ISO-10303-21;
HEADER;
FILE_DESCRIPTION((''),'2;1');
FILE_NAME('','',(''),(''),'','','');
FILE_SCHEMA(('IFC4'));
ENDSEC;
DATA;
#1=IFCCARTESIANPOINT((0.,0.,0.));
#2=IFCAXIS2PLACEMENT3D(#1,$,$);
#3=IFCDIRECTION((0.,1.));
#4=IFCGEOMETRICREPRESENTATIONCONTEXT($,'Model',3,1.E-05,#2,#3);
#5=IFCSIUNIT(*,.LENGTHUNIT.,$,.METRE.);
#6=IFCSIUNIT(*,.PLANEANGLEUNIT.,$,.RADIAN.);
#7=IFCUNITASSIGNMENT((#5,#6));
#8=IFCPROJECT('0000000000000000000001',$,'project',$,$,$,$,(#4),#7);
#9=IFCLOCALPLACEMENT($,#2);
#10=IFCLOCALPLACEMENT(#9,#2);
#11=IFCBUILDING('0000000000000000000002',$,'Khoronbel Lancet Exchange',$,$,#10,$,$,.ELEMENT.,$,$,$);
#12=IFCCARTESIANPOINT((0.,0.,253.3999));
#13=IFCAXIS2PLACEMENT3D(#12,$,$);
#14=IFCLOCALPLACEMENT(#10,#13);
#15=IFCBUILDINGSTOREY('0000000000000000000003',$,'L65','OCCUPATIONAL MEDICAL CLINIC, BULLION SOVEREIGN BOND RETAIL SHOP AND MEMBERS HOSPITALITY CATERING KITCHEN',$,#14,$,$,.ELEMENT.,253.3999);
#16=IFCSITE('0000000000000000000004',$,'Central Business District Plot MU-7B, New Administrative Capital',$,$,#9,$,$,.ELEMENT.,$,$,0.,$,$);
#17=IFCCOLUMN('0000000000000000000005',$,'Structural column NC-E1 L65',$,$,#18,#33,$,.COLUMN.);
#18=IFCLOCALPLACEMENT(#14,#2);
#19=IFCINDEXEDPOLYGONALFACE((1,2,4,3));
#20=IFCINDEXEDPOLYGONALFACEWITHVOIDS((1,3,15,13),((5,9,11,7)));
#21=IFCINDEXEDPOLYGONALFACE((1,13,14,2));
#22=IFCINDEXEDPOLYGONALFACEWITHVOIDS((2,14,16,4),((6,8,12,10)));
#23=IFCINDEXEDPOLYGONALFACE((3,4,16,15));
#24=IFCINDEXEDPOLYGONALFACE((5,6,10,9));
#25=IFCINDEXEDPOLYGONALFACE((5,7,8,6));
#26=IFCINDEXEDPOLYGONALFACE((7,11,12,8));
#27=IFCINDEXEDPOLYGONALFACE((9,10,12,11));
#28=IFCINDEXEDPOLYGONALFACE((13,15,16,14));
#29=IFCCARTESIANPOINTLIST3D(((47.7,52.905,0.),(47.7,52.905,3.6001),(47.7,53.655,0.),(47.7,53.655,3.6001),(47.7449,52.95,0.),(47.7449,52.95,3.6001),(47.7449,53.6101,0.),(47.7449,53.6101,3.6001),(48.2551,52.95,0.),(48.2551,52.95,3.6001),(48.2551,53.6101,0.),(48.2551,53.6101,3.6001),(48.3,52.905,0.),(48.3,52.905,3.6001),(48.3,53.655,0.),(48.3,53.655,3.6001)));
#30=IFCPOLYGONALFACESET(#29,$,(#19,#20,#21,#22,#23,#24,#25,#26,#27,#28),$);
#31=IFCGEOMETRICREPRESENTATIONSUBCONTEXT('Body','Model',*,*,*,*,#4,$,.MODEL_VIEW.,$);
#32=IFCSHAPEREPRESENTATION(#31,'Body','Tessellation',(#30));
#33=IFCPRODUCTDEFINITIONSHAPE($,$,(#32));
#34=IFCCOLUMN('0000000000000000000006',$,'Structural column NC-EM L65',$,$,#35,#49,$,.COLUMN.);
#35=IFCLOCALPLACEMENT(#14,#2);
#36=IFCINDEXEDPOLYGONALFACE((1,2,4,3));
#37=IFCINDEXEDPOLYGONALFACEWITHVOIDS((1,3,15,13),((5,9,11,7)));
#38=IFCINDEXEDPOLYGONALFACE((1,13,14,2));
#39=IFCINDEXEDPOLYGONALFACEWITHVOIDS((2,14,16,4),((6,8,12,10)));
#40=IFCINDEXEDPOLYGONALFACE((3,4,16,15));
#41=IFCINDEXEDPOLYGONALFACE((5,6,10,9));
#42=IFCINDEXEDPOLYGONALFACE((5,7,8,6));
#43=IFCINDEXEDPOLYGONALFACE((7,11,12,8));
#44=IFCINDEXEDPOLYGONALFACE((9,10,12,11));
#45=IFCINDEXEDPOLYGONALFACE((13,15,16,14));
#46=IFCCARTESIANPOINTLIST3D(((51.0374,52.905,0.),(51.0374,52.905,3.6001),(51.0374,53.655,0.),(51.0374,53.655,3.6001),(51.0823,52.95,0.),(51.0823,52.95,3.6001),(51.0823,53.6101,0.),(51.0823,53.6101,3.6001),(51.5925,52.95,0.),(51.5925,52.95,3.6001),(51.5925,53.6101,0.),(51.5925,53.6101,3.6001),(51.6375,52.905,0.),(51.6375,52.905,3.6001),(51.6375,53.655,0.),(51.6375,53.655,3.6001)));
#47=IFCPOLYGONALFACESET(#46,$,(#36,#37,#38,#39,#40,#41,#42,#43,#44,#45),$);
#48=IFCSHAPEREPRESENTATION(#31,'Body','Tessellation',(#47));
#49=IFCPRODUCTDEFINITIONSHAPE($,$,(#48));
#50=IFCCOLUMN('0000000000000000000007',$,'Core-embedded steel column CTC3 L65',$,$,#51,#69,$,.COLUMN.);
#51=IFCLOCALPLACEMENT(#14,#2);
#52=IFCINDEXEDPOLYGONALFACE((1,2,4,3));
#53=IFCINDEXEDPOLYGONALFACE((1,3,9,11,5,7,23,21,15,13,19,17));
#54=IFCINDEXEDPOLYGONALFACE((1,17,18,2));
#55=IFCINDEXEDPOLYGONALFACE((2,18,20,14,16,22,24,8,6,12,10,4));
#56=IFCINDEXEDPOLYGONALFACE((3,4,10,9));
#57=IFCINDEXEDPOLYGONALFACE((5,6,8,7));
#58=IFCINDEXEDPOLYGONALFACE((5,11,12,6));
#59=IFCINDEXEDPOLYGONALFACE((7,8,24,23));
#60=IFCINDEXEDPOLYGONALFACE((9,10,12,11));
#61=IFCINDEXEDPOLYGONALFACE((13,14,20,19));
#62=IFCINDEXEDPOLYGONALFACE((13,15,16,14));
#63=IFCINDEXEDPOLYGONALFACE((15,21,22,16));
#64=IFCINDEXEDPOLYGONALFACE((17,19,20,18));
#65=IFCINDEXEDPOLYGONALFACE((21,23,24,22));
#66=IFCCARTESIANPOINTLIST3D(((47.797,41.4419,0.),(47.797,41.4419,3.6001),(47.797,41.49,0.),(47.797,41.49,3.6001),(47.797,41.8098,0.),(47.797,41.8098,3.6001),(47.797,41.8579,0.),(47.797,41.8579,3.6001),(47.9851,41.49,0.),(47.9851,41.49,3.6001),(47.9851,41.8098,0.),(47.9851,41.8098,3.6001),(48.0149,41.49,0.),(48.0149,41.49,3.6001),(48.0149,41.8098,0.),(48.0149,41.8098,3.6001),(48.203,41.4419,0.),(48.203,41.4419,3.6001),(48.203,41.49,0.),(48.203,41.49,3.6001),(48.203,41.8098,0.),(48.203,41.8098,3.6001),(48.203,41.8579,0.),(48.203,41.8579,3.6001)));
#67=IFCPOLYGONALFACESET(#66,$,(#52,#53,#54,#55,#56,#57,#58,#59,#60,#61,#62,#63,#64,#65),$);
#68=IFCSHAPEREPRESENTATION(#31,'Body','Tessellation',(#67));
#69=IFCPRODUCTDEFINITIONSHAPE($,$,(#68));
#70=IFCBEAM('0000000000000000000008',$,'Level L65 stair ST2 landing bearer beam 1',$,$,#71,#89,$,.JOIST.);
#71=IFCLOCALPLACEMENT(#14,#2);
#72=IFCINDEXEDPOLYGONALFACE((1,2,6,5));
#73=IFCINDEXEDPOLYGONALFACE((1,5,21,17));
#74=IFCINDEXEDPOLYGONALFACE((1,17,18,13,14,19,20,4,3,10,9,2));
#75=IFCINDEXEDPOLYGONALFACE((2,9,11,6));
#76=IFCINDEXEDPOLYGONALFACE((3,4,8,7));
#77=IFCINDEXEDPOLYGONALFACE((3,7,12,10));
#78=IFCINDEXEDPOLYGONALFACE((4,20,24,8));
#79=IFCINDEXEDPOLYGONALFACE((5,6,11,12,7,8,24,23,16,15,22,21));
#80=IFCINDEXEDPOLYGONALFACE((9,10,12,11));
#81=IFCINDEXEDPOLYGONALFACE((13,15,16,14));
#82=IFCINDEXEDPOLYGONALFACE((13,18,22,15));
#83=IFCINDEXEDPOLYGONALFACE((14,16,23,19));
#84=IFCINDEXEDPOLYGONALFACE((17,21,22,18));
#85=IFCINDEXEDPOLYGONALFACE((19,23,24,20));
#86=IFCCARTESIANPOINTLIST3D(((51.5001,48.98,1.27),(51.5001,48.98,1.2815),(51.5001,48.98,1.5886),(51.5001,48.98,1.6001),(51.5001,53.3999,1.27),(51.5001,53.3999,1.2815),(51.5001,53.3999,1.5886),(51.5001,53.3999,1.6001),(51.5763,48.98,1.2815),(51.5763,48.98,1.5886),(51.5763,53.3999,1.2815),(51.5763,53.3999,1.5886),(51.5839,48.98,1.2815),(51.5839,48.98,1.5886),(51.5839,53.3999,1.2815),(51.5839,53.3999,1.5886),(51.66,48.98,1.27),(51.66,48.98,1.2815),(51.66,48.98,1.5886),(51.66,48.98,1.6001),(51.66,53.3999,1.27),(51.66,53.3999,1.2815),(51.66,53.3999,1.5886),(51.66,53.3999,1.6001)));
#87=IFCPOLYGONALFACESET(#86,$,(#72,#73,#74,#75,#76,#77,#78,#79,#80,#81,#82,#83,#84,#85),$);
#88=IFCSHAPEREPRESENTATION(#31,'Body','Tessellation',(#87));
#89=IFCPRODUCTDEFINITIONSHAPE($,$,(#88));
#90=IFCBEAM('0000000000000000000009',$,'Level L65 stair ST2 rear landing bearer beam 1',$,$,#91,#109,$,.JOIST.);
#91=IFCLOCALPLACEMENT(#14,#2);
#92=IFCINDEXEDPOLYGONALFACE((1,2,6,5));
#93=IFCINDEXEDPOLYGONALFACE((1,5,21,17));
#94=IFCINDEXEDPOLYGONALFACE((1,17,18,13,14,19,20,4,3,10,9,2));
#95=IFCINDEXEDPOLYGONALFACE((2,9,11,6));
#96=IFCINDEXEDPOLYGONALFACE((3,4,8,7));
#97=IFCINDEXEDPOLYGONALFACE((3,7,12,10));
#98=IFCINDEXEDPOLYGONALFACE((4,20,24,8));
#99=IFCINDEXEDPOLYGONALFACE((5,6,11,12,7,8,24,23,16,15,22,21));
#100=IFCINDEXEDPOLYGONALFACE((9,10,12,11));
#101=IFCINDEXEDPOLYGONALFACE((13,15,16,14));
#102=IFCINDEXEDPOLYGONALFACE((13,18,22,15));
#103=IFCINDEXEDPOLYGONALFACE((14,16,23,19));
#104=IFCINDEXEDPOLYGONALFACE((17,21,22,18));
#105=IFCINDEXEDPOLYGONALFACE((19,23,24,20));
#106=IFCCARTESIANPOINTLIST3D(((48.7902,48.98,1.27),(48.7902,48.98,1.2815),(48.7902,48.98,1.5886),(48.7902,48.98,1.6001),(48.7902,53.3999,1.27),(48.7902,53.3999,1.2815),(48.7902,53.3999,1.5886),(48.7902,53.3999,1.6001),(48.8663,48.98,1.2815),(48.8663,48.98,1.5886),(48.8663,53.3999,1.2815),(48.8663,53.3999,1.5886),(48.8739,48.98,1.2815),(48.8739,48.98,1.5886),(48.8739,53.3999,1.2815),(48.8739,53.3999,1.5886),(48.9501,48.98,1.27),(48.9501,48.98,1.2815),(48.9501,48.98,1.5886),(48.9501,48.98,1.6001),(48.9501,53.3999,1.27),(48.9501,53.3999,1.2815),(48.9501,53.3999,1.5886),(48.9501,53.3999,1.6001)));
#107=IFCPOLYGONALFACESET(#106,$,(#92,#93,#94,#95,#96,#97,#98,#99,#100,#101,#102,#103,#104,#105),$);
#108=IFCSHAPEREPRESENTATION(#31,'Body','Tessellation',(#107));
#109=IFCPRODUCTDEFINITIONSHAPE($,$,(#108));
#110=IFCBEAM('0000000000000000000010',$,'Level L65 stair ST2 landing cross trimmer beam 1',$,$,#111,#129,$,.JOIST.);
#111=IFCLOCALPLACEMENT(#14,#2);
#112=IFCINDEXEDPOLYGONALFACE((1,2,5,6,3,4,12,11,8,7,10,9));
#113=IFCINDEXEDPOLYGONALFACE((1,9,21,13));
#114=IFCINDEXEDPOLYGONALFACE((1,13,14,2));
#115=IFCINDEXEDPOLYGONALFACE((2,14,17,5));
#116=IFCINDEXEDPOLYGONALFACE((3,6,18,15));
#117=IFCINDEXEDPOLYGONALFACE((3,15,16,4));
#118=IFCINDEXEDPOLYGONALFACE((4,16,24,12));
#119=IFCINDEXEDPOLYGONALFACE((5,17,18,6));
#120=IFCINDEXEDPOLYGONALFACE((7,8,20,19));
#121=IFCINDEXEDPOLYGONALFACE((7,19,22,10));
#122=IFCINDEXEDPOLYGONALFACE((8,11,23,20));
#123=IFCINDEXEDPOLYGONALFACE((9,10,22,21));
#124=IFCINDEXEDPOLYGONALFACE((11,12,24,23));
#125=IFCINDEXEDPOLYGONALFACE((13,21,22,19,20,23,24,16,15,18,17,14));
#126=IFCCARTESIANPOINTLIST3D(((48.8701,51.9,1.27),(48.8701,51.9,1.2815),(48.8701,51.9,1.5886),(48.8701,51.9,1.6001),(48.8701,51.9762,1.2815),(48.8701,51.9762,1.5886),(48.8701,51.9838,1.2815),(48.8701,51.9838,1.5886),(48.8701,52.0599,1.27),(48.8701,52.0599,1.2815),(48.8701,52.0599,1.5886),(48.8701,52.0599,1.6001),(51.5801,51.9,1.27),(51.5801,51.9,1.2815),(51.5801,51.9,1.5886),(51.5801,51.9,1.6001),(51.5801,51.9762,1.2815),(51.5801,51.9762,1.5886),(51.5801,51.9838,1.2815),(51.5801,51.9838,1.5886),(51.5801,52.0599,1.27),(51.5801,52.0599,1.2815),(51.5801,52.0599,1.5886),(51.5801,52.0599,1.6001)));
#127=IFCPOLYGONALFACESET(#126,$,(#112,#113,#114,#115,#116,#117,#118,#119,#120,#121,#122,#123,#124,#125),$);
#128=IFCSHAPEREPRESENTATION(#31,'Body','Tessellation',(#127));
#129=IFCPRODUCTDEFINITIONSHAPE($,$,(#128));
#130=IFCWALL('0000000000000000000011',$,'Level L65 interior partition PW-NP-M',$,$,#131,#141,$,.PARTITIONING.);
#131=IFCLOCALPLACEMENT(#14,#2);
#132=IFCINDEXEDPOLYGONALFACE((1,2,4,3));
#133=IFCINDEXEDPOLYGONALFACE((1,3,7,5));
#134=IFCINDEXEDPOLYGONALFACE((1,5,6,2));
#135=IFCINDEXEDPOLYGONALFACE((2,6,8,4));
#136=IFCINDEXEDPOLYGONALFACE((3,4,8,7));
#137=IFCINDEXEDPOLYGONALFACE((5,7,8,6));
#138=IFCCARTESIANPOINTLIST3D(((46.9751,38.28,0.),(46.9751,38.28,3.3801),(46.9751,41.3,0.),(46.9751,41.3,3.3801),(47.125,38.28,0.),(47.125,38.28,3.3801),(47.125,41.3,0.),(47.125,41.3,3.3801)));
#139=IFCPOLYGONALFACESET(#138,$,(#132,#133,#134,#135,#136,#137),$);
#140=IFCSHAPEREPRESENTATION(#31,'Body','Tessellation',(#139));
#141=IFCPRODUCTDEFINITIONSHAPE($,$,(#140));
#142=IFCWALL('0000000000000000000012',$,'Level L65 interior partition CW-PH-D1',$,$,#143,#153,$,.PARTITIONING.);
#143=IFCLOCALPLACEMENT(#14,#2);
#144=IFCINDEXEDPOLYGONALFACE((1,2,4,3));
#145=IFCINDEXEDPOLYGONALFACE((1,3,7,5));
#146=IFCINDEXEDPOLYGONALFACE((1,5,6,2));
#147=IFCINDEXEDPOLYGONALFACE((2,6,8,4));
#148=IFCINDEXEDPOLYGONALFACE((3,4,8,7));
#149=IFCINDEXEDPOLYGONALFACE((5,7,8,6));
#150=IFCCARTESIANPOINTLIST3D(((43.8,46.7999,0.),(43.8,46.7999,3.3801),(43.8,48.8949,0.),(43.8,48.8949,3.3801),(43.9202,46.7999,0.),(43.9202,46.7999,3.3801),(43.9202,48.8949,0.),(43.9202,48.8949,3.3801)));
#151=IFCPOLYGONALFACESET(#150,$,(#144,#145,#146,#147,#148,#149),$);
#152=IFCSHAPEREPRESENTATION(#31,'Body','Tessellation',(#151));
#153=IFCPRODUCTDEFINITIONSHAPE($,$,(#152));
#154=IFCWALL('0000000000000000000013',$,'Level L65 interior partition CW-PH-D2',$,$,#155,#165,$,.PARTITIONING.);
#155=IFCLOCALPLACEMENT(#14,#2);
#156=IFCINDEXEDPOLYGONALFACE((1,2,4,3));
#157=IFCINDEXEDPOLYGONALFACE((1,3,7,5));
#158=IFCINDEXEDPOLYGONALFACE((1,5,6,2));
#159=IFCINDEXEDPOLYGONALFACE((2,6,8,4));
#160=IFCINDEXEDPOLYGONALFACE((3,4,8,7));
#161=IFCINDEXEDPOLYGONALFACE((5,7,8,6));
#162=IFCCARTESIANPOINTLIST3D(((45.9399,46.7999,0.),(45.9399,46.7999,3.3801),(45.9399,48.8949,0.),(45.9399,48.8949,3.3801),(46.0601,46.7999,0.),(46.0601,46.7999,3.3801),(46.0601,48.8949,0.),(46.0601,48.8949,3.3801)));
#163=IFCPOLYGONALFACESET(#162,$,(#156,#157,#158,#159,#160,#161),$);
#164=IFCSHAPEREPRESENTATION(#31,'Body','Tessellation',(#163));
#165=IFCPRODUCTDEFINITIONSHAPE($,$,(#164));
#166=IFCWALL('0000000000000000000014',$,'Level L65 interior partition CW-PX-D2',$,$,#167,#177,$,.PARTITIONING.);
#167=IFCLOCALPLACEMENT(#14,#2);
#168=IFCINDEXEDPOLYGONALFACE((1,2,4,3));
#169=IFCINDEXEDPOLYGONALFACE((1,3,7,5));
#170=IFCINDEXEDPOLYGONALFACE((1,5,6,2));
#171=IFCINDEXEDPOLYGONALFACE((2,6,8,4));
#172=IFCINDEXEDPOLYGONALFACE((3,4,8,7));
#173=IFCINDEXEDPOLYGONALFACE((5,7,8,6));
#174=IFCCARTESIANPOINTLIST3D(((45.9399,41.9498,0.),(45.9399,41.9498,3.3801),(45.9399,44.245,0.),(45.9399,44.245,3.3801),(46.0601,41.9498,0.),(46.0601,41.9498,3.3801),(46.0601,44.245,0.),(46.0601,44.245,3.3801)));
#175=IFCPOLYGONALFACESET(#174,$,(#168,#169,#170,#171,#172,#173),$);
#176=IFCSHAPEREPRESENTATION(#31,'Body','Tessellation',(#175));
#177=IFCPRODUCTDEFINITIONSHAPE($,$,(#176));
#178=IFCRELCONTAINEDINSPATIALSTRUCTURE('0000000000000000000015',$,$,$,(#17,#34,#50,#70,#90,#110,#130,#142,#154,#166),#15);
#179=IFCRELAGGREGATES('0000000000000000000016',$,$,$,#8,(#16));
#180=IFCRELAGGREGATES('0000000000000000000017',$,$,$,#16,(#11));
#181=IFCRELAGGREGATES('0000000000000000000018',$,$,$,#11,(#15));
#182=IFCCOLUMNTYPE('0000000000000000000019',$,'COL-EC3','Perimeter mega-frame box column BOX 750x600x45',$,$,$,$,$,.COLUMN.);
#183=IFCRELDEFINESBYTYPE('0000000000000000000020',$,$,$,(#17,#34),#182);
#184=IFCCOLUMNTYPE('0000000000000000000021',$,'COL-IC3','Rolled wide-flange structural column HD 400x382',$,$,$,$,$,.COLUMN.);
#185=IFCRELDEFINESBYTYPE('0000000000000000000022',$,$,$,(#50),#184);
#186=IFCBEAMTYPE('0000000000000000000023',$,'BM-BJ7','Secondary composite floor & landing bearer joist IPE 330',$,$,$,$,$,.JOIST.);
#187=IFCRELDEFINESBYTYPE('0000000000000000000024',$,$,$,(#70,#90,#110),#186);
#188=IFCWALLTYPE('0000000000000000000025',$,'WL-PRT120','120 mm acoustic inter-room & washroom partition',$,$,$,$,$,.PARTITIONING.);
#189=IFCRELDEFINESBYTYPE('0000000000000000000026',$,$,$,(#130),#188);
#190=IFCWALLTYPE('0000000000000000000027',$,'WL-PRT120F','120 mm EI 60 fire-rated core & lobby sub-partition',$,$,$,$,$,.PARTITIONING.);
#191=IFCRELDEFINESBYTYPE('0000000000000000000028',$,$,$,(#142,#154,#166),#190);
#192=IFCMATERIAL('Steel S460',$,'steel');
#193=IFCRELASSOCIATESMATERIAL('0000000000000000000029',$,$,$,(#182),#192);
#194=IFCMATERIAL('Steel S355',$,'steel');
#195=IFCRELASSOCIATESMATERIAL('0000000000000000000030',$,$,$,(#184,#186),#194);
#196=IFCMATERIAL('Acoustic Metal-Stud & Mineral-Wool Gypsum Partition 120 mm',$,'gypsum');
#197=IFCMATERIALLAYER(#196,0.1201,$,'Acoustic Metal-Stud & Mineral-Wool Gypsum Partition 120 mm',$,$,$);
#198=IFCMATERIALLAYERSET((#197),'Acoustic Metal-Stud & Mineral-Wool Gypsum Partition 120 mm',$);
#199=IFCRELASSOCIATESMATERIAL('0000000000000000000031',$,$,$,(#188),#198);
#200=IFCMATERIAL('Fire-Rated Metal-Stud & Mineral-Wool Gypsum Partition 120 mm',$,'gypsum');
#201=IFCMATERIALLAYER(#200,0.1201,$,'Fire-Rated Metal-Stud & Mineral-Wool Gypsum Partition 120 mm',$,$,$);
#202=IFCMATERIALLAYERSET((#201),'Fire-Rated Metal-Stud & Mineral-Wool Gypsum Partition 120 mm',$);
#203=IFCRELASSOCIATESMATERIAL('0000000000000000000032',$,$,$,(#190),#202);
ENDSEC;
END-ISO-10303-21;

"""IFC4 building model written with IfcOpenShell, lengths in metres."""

from ifc_helpers import new_model, si_unit, direction, frame, frame_2d, origin, origin_2d, place, context, subcontext, project, spatial, rectangle, hollow_rectangle, i_section, extrude, material, layer, layer_set, material_profile, profile_set, type_object, element, save


model = new_model("IFC4")

# Units and contexts
model_context = context("Model", 3, precision=1e-05, world=origin(), true_north=direction((0.0, 1.0)))
body_context = subcontext(model_context, "Body", "Model", "MODEL_VIEW")
ifc_project = project(units=[si_unit("LENGTHUNIT", "METRE"), si_unit("PLANEANGLEUNIT", "RADIAN")], contexts=[model_context])

# Site, building, storey
site_placement = place(None, origin())
site = spatial("IfcSite", under=ifc_project, at=site_placement, Name="Central Business District Plot MU-7B, New Administrative Capital", CompositionType="ELEMENT", RefElevation=0.0)
building_placement = place(site_placement, origin())
building = spatial("IfcBuilding", under=site, at=building_placement, Name="Khoronbel Lancet Exchange", CompositionType="ELEMENT")
storey_placement = place(building_placement, frame((0.0, 0.0, 253.3999)))
storey = spatial("IfcBuildingStorey", under=building, at=storey_placement, Name="L65", Description="OCCUPATIONAL MEDICAL CLINIC, BULLION SOVEREIGN BOND RETAIL SHOP AND MEMBERS HOSPITALITY CATERING KITCHEN", CompositionType="ELEMENT", Elevation=253.3999)

# Columns
ifc_material_1 = material(Name="Steel S460", Category="steel")
ifc_material_profile_1 = material_profile(ifc_material_1, hollow_rectangle(XDim=0.6001, YDim=0.75, WallThickness=0.0449, at=origin_2d()), Name="BOX 750x600x45")
ifc_profile_set_1 = profile_set([ifc_material_profile_1], Name="Steel S460")
column_type_1 = type_object("IfcColumnType", Name="COL-EC3", Description="Perimeter mega-frame box column BOX 750x600x45", PredefinedType="COLUMN", material=ifc_profile_set_1)
for number, where, z_axis, x_axis, name in (
    (1, (48.0, 53.28, 0.0), (0.0, 0.0, 1.0), (1.0, 0.0, 0.0), "Structural column NC-E1 L65"),
    (2, (51.3374, 53.28, 0.0), (0.0, 0.0, 1.0), (1.0, 0.0, 0.0), "Structural column NC-EM L65"),
):
    element("IfcColumn", number, at=place(storey_placement, frame(where, z_axis=z_axis, x_axis=x_axis)), inside=storey, type_object=column_type_1, Name=name, PredefinedType="COLUMN", context=body_context, shape_type="SweptSolid", body=[
        extrude(hollow_rectangle(XDim=0.6001, YDim=0.75, WallThickness=0.0449, at=origin_2d()), origin(), (0.0, 0.0, 1.0), 3.6001),
    ])
ifc_material_2 = material(Name="Steel S355", Category="steel")
ifc_material_profile_2 = material_profile(ifc_material_2, i_section(OverallWidth=0.406, OverallDepth=0.416, WebThickness=0.0298, FlangeThickness=0.0481, at=origin_2d()), Name="HD 400x382")
ifc_profile_set_2 = profile_set([ifc_material_profile_2], Name="Steel S355")
column_type_2 = type_object("IfcColumnType", Name="COL-IC3", Description="Rolled wide-flange structural column HD 400x382", PredefinedType="COLUMN", material=ifc_profile_set_2)
column_placement = place(storey_placement, frame((48.0, 41.6499, 0.0), z_axis=(0.0, 0.0, 1.0), x_axis=(1.0, 0.0, 0.0)))
element("IfcColumn", 3, at=column_placement, inside=storey, type_object=column_type_2, Name="Core-embedded steel column CTC3 L65", PredefinedType="COLUMN", context=body_context, shape_type="SweptSolid", body=[
    extrude(i_section(OverallWidth=0.406, OverallDepth=0.416, WebThickness=0.0298, FlangeThickness=0.0481, at=origin_2d()), origin(), (0.0, 0.0, 1.0), 3.6001),
])

# Beams
ifc_material_profile_3 = material_profile(ifc_material_2, i_section(OverallWidth=0.1599, OverallDepth=0.3301, WebThickness=0.0076, FlangeThickness=0.0115, at=origin_2d()), Name="IPE 330")
ifc_profile_set_3 = profile_set([ifc_material_profile_3], Name="Steel S355")
beam_type = type_object("IfcBeamType", Name="BM-BJ7", Description="Secondary composite floor & landing bearer joist IPE 330", PredefinedType="JOIST", material=ifc_profile_set_3)
for number, where, z_axis, x_axis, name in (
    (4, (51.5801, 48.98, 1.4351), (0.0, 1.0, 0.0), (-1.0, 0.0, 0.0), "Level L65 stair ST2 landing bearer beam 1"),
    (5, (48.8701, 48.98, 1.4351), (0.0, 1.0, 0.0), (-1.0, 0.0, 0.0), "Level L65 stair ST2 rear landing bearer beam 1"),
):
    element("IfcBeam", number, at=place(storey_placement, frame(where, z_axis=z_axis, x_axis=x_axis)), inside=storey, type_object=beam_type, Name=name, PredefinedType="JOIST", context=body_context, shape_type="SweptSolid", body=[
        extrude(i_section(OverallWidth=0.1599, OverallDepth=0.3301, WebThickness=0.0076, FlangeThickness=0.0115, at=origin_2d()), origin(), (0.0, 0.0, 1.0), 4.4199),
    ])
beam_placement = place(storey_placement, frame((48.8701, 51.98, 1.4351), z_axis=(1.0, 0.0, 0.0), x_axis=(0.0, 1.0, 0.0)))
element("IfcBeam", 6, at=beam_placement, inside=storey, type_object=beam_type, Name="Level L65 stair ST2 landing cross trimmer beam 1", PredefinedType="JOIST", context=body_context, shape_type="SweptSolid", body=[
    extrude(i_section(OverallWidth=0.1599, OverallDepth=0.3301, WebThickness=0.0076, FlangeThickness=0.0115, at=origin_2d()), origin(), (0.0, 0.0, 1.0), 2.71),
])

# Walls
ifc_material_3 = material(Name="Acoustic Metal-Stud & Mineral-Wool Gypsum Partition 120 mm", Category="gypsum")
ifc_layer_1 = layer(ifc_material_3, 0.1201, Name="Acoustic Metal-Stud & Mineral-Wool Gypsum Partition 120 mm")
ifc_layer_set_1 = layer_set([ifc_layer_1], Name="Acoustic Metal-Stud & Mineral-Wool Gypsum Partition 120 mm")
wall_type_1 = type_object("IfcWallType", Name="WL-PRT120", Description="120 mm acoustic inter-room & washroom partition", PredefinedType="PARTITIONING", material=ifc_layer_set_1)
wall_1_placement = place(storey_placement, frame((47.05, 38.28, 0.0), z_axis=(0.0, 0.0, 1.0), x_axis=(0.0, 1.0, 0.0)))
element("IfcWall", 7, at=wall_1_placement, inside=storey, type_object=wall_type_1, Name="Level L65 interior partition PW-NP-M", PredefinedType="PARTITIONING", context=body_context, shape_type="SweptSolid", body=[
    extrude(rectangle(XDim=3.02, YDim=0.1499, at=frame_2d((1.51, 0.0))), origin(), (0.0, 0.0, 1.0), 3.3801),
])
ifc_material_4 = material(Name="Fire-Rated Metal-Stud & Mineral-Wool Gypsum Partition 120 mm", Category="gypsum")
ifc_layer_2 = layer(ifc_material_4, 0.1201, Name="Fire-Rated Metal-Stud & Mineral-Wool Gypsum Partition 120 mm")
ifc_layer_set_2 = layer_set([ifc_layer_2], Name="Fire-Rated Metal-Stud & Mineral-Wool Gypsum Partition 120 mm")
wall_type_2 = type_object("IfcWallType", Name="WL-PRT120F", Description="120 mm EI 60 fire-rated core & lobby sub-partition", PredefinedType="PARTITIONING", material=ifc_layer_set_2)
for number, where, z_axis, x_axis, name in (
    (8, (43.8601, 46.8, 0.0), (0.0, 0.0, 1.0), (0.0, 1.0, 0.0), "Level L65 interior partition CW-PH-D1"),
    (9, (46.0, 46.8, 0.0), (0.0, 0.0, 1.0), (0.0, 1.0, 0.0), "Level L65 interior partition CW-PH-D2"),
):
    element("IfcWall", number, at=place(storey_placement, frame(where, z_axis=z_axis, x_axis=x_axis)), inside=storey, type_object=wall_type_2, Name=name, PredefinedType="PARTITIONING", context=body_context, shape_type="SweptSolid", body=[
        extrude(rectangle(XDim=2.095, YDim=0.1201, at=frame_2d((1.0474, 0.0))), origin(), (0.0, 0.0, 1.0), 3.3801),
    ])
wall_2_placement = place(storey_placement, frame((46.0, 41.95, 0.0), z_axis=(0.0, 0.0, 1.0), x_axis=(0.0, 1.0, 0.0)))
element("IfcWall", 10, at=wall_2_placement, inside=storey, type_object=wall_type_2, Name="Level L65 interior partition CW-PX-D2", PredefinedType="PARTITIONING", context=body_context, shape_type="SweptSolid", body=[
    extrude(rectangle(XDim=2.2952, YDim=0.1201, at=frame_2d((1.1475, 0.0))), origin(), (0.0, 0.0, 1.0), 3.3801),
])

save(model, "model.ifc")
